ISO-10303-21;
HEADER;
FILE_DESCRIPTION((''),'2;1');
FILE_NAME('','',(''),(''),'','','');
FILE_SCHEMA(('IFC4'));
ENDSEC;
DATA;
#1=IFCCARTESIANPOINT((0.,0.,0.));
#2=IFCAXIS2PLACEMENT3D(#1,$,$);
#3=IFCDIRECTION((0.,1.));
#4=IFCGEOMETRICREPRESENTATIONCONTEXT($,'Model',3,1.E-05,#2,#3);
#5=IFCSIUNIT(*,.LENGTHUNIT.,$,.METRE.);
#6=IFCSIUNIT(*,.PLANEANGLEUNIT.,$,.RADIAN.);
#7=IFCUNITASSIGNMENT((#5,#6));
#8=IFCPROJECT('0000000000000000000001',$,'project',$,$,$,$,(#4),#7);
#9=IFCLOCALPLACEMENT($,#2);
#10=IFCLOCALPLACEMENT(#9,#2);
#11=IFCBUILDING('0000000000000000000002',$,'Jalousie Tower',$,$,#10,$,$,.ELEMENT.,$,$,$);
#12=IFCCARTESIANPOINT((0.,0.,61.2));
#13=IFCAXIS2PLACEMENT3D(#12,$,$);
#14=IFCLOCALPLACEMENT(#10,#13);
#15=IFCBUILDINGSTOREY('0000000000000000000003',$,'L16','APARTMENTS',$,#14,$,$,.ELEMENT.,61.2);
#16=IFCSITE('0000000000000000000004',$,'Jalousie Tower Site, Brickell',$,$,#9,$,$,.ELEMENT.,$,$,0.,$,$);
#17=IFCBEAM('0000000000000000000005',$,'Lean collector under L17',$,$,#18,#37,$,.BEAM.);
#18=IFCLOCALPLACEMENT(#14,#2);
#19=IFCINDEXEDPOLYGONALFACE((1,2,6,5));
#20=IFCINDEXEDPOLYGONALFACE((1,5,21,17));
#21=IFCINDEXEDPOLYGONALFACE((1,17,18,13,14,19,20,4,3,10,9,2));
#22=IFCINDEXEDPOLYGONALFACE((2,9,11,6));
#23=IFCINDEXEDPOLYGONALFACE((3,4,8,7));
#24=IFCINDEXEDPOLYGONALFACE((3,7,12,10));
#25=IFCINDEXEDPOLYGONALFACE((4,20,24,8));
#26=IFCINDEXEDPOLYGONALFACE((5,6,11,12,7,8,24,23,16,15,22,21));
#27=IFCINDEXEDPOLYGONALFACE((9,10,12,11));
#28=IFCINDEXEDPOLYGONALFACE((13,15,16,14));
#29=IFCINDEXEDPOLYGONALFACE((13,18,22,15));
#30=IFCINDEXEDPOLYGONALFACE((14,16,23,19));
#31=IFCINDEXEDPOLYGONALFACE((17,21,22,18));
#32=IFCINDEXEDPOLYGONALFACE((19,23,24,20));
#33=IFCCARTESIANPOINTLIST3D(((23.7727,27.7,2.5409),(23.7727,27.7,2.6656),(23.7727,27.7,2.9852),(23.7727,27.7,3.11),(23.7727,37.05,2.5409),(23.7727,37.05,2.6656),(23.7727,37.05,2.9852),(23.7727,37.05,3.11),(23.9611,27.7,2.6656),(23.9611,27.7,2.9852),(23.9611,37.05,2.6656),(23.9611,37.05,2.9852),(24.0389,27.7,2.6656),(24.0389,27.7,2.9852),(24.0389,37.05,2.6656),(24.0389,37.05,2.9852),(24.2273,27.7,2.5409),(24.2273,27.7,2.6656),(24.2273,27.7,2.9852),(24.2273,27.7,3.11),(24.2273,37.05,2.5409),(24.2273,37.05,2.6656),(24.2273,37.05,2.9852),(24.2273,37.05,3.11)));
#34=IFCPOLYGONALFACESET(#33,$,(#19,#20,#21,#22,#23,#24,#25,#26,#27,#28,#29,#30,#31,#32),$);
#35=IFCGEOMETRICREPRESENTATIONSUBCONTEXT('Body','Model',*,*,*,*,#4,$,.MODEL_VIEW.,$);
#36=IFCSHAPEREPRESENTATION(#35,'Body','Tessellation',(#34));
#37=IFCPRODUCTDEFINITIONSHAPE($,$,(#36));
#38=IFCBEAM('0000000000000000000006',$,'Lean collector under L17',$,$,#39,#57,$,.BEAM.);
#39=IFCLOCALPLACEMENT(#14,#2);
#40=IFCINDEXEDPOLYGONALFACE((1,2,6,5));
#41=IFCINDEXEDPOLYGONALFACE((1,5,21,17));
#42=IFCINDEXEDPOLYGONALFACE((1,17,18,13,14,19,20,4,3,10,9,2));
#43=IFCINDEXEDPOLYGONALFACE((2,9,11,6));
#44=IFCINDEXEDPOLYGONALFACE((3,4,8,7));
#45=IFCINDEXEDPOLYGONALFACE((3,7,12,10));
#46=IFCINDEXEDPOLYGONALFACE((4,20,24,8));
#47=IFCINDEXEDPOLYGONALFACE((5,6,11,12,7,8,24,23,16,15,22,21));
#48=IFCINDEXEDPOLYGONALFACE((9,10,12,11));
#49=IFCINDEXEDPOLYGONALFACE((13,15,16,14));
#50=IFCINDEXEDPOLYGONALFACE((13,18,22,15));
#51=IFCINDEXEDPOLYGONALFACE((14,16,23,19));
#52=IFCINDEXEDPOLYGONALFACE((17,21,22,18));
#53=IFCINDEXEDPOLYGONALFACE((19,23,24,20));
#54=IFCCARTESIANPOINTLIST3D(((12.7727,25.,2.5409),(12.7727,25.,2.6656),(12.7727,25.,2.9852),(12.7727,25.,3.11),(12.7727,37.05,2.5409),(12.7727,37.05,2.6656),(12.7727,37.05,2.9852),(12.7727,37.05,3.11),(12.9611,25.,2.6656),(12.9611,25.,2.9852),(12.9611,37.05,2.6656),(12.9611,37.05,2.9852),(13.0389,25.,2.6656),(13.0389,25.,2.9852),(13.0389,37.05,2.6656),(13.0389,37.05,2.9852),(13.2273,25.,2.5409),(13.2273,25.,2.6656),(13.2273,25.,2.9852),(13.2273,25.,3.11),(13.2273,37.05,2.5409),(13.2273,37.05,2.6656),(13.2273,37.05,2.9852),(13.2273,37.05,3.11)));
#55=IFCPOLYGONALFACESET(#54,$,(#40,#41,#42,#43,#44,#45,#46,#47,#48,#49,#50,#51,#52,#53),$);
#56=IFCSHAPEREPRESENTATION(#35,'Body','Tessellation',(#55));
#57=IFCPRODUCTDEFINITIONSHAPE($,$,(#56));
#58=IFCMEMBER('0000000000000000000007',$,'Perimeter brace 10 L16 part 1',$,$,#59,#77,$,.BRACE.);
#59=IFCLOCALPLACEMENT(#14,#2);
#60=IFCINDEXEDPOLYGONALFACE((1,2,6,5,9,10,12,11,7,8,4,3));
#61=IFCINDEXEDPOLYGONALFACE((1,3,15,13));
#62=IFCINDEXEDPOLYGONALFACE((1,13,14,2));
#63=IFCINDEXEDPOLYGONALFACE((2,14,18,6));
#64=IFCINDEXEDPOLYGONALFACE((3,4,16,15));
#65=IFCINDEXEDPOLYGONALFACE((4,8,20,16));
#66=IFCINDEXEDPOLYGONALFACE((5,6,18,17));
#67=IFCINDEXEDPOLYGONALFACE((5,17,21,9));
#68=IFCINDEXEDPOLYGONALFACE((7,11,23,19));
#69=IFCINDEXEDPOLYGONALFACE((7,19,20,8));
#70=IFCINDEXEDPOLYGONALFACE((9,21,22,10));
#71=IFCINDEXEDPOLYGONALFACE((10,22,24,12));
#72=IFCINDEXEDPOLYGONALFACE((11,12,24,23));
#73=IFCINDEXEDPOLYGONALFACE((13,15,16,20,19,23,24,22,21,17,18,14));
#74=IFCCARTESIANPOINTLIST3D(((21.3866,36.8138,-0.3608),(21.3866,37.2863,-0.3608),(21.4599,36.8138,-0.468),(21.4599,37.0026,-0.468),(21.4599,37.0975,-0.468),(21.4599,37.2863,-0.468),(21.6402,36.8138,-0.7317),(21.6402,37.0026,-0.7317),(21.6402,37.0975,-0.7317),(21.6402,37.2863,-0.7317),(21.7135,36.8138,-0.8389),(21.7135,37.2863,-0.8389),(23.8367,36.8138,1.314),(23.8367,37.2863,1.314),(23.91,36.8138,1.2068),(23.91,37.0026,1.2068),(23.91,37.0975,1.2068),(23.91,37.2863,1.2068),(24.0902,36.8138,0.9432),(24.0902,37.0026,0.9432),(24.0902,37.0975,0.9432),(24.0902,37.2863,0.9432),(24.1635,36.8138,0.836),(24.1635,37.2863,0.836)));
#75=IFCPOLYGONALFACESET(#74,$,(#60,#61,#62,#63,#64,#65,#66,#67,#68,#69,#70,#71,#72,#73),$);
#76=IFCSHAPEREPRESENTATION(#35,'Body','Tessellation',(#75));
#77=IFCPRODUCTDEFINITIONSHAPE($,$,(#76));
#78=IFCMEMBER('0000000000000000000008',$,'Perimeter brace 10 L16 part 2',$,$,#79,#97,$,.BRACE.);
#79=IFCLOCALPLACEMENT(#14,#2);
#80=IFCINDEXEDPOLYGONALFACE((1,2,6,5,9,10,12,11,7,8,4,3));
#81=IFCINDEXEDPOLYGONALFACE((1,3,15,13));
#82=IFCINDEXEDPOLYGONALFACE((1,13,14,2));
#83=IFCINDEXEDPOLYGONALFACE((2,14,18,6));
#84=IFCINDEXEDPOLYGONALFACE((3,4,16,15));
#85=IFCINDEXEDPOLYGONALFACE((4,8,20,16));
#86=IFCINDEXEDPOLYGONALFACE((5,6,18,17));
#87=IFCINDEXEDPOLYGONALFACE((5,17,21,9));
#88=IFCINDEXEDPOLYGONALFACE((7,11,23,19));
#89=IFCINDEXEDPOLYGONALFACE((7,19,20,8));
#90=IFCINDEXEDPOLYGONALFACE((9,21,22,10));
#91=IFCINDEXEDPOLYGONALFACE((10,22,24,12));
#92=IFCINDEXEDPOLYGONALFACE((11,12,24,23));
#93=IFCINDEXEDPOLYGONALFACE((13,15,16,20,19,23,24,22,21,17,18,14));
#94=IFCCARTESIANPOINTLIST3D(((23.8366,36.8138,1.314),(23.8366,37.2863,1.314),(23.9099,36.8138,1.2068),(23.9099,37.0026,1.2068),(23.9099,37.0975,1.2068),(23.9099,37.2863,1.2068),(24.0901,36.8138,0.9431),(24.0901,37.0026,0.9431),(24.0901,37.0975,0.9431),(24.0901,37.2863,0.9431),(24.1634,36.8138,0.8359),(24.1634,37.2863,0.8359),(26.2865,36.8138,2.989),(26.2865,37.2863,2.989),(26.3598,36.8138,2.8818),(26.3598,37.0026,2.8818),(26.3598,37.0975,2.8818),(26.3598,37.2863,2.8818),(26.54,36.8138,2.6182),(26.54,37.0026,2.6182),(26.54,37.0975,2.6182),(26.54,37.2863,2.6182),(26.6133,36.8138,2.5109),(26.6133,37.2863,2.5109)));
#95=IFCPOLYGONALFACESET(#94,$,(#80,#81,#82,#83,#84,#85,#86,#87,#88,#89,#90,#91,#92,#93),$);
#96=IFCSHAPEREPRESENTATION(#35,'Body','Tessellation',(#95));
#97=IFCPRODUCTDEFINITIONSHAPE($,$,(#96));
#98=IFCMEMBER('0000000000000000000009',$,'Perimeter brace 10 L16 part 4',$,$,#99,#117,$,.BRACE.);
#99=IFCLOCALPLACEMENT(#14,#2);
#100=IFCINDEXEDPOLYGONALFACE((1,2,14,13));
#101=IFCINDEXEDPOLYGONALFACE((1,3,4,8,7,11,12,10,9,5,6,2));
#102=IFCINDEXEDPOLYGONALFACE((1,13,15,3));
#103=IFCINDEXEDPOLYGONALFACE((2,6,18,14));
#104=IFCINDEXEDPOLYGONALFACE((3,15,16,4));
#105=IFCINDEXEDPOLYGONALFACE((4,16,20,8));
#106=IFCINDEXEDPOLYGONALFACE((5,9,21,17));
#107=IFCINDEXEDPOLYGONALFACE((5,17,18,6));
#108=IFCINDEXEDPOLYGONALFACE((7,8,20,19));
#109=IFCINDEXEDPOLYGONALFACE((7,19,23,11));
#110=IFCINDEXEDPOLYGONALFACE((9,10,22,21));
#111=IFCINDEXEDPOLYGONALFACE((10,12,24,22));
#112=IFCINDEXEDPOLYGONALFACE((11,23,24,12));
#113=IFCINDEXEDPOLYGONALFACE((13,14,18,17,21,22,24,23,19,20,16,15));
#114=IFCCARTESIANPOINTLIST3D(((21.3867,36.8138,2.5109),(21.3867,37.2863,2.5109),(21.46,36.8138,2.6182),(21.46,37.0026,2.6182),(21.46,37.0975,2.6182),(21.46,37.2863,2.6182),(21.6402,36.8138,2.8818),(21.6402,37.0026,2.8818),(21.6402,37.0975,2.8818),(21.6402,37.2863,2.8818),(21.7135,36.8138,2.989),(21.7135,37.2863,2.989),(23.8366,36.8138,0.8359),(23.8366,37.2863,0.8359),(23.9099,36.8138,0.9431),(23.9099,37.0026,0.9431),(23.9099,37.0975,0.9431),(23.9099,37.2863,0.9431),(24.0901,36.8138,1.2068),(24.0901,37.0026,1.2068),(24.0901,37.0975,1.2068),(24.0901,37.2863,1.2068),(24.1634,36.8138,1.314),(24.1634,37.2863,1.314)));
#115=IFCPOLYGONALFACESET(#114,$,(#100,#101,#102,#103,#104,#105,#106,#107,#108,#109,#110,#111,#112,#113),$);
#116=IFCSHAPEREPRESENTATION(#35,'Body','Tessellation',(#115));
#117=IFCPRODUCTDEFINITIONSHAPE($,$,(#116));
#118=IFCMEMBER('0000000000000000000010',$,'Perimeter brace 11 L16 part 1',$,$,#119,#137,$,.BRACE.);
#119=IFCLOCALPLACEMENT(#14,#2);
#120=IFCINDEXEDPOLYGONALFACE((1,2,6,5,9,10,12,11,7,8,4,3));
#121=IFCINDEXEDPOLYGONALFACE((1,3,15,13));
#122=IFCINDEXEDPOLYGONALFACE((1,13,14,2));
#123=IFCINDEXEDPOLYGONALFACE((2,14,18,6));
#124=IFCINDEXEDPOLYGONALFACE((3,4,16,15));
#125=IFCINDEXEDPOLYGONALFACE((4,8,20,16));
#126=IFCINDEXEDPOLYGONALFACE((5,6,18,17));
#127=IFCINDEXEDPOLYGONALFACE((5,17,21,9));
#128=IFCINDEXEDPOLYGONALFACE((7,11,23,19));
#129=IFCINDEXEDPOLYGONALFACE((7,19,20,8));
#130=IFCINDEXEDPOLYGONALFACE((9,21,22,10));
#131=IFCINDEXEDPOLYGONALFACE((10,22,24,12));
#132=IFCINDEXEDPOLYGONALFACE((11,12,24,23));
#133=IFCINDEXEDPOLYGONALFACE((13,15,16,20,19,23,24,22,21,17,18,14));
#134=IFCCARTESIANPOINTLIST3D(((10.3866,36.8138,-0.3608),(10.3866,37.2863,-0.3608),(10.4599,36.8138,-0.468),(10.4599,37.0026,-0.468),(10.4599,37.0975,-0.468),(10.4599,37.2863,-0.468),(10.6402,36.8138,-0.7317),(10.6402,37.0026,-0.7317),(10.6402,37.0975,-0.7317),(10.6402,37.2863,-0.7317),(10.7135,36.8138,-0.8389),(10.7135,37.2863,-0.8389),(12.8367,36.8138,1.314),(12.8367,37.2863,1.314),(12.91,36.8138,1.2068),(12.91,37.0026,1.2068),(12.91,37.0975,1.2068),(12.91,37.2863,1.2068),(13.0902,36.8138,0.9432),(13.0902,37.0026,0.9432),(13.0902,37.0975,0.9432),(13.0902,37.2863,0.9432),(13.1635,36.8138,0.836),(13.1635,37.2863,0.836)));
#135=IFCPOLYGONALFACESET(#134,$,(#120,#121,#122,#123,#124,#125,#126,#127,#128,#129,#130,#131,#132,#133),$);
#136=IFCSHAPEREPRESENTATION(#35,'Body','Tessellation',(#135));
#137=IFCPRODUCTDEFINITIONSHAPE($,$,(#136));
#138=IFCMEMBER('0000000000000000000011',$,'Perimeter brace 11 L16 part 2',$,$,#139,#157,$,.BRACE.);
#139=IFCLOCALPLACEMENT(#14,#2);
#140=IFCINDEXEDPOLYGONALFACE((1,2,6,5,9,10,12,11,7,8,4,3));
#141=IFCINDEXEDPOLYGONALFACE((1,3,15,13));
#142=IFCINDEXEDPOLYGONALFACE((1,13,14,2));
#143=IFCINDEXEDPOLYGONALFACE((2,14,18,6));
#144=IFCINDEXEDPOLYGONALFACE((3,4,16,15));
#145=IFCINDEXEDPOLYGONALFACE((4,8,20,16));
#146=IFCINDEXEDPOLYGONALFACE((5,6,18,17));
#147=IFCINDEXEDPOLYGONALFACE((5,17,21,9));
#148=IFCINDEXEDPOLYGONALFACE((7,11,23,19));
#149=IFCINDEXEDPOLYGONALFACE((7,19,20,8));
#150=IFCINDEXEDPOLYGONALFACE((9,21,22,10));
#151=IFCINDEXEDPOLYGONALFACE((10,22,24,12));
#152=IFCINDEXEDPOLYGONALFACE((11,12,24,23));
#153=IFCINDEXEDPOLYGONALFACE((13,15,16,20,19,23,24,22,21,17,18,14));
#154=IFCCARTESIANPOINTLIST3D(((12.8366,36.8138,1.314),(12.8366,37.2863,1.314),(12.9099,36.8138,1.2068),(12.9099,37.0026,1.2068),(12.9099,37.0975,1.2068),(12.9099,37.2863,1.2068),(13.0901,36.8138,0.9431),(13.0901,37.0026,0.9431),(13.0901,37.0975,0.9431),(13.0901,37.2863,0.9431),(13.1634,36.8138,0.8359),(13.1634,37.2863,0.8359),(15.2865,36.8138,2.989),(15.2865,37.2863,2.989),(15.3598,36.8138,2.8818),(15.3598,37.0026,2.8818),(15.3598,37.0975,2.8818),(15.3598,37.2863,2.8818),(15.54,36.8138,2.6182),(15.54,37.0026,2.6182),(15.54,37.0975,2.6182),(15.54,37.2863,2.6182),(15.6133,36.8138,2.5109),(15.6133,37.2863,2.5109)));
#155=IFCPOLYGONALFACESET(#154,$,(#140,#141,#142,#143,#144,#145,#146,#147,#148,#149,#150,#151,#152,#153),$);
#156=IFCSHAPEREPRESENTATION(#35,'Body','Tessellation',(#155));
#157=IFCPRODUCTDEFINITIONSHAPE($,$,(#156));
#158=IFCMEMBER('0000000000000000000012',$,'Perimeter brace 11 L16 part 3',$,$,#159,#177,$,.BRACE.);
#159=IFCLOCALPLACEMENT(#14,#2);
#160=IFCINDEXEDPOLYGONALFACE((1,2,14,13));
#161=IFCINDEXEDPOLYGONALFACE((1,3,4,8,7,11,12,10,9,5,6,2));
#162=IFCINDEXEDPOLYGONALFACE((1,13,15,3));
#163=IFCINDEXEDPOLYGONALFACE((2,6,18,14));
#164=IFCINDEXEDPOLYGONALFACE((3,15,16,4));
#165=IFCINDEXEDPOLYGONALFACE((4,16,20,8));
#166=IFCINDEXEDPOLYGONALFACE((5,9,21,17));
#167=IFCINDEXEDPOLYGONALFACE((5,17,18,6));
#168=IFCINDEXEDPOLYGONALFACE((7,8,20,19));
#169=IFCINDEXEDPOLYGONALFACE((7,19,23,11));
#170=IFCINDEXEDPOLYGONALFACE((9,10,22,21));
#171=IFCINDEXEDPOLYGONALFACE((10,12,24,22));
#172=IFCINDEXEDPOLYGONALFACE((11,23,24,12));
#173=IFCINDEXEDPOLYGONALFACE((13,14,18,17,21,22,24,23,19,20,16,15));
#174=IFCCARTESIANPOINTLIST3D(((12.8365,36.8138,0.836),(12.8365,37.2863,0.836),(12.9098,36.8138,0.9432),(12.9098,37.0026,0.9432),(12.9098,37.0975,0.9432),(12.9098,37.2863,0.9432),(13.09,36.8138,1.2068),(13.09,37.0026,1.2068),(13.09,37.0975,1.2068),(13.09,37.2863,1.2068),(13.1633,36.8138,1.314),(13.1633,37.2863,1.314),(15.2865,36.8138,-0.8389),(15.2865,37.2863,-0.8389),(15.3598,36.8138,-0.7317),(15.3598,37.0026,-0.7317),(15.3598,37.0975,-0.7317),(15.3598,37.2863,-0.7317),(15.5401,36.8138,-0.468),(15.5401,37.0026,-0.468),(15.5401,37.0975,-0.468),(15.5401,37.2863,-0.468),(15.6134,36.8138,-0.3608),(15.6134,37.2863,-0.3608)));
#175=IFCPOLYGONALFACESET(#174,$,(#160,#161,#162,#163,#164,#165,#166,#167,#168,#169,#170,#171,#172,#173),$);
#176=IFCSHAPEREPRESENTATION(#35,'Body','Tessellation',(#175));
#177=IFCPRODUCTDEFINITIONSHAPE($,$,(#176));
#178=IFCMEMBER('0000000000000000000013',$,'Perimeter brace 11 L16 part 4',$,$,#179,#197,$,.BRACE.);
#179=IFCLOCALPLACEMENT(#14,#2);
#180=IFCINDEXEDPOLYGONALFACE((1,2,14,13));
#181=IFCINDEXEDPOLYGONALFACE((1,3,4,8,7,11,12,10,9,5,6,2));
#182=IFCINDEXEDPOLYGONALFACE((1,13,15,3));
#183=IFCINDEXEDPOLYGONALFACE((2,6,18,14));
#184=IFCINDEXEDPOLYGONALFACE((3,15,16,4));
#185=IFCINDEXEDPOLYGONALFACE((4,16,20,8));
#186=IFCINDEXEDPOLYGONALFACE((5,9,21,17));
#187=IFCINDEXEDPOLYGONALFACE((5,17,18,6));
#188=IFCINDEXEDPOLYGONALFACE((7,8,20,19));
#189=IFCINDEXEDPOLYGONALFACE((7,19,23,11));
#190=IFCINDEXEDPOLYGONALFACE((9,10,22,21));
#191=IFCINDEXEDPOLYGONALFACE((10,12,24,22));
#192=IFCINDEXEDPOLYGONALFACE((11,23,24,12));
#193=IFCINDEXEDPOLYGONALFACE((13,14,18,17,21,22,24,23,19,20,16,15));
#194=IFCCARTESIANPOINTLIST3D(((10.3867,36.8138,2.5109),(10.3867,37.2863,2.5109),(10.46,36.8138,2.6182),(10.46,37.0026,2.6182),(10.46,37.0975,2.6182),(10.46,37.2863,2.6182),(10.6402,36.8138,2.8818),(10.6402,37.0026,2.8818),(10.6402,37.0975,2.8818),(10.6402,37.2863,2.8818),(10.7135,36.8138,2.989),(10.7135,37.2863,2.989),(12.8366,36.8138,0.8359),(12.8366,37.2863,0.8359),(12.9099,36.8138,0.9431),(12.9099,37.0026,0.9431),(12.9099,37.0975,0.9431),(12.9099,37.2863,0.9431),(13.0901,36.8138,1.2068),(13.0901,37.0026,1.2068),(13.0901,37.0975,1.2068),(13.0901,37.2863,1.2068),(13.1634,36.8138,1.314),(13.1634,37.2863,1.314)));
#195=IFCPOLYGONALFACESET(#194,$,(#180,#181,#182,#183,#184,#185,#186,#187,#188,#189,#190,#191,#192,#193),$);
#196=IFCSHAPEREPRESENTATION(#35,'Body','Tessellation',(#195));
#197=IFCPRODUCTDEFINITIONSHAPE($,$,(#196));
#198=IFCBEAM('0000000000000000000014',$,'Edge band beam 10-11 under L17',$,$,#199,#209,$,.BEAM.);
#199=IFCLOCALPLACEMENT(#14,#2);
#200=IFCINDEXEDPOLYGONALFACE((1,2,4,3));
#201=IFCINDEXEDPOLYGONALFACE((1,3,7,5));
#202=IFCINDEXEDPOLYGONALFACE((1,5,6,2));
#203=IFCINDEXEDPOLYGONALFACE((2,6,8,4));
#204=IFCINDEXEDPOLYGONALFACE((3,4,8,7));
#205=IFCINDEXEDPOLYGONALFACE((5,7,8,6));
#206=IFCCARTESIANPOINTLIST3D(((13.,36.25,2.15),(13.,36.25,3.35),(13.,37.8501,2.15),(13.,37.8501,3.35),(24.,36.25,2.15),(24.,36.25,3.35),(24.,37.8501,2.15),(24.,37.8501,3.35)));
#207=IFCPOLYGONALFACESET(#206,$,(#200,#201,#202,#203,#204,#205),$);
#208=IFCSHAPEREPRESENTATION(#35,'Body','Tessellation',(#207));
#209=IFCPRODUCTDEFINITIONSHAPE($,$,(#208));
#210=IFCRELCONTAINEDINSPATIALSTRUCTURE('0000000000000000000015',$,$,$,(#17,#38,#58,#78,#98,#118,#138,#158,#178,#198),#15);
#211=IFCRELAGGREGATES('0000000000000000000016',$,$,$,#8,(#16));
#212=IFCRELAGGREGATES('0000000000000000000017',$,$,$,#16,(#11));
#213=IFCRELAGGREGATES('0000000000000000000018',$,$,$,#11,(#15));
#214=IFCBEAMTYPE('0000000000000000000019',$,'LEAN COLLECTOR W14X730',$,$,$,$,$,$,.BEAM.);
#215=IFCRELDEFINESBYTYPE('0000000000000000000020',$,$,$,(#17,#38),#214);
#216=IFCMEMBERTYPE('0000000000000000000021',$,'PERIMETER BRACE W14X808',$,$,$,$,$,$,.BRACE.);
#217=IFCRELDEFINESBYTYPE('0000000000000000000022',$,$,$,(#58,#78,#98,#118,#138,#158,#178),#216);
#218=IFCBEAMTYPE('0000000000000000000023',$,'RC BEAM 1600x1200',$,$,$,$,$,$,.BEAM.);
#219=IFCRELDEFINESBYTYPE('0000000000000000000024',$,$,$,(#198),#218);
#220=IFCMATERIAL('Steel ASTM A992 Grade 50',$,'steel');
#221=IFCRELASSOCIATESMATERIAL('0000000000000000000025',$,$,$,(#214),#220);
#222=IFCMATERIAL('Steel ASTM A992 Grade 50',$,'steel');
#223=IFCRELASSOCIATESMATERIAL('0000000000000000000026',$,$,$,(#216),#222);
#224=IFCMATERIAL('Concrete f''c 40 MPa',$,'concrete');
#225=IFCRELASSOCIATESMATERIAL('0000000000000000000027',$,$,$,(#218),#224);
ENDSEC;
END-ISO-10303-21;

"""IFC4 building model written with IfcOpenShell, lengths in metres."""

from ifc_helpers import new_model, si_unit, direction, frame, origin, origin_2d, place, context, subcontext, project, spatial, rectangle, i_section, extrude, material, material_profile, profile_set, type_object, element, save


model = new_model("IFC4")

# Units and contexts
model_context = context("Model", 3, precision=1e-05, world=origin(), true_north=direction((0.0, 1.0)))
body_context = subcontext(model_context, "Body", "Model", "MODEL_VIEW")
ifc_project = project(units=[si_unit("LENGTHUNIT", "METRE"), si_unit("PLANEANGLEUNIT", "RADIAN")], contexts=[model_context])

# Site, building, storey
site_placement = place(None, origin())
site = spatial("IfcSite", under=ifc_project, at=site_placement, Name="Jalousie Tower Site, Brickell", CompositionType="ELEMENT", RefElevation=0.0)
building_placement = place(site_placement, origin())
building = spatial("IfcBuilding", under=site, at=building_placement, Name="Jalousie Tower", CompositionType="ELEMENT")
storey_placement = place(building_placement, frame((0.0, 0.0, 61.2)))
storey = spatial("IfcBuildingStorey", under=building, at=storey_placement, Name="L16", Description="APARTMENTS", CompositionType="ELEMENT", Elevation=61.2)

# Beams
ifc_material_1 = material(Name="Steel ASTM A992 Grade 50", Category="steel")
ifc_material_profile_1 = material_profile(ifc_material_1, i_section(OverallWidth=0.4546, OverallDepth=0.5691, WebThickness=0.0779, FlangeThickness=0.1248, at=origin_2d()), Name="W14X730")
ifc_profile_set_1 = profile_set([ifc_material_profile_1], Name="Steel ASTM A992 Grade 50")
beam_type_1 = type_object("IfcBeamType", Name="LEAN COLLECTOR W14X730", PredefinedType="BEAM", material=ifc_profile_set_1)
beam_1_placement = place(storey_placement, frame((24.0, 37.05, 2.8254), z_axis=(0.0, -1.0, 0.0), x_axis=(1.0, 0.0, 0.0)))
element("IfcBeam", 1, at=beam_1_placement, inside=storey, type_object=beam_type_1, Name="Lean collector under L17", PredefinedType="BEAM", context=body_context, shape_type="SweptSolid", body=[
    extrude(i_section(OverallWidth=0.4546, OverallDepth=0.5691, WebThickness=0.0779, FlangeThickness=0.1248, at=origin_2d()), origin(), (0.0, 0.0, 1.0), 9.3501),
])
beam_2_placement = place(storey_placement, frame((13.0, 37.05, 2.8254), z_axis=(0.0, -1.0, 0.0), x_axis=(1.0, 0.0, 0.0)))
element("IfcBeam", 2, at=beam_2_placement, inside=storey, type_object=beam_type_1, Name="Lean collector under L17", PredefinedType="BEAM", context=body_context, shape_type="SweptSolid", body=[
    extrude(i_section(OverallWidth=0.4546, OverallDepth=0.5691, WebThickness=0.0779, FlangeThickness=0.1248, at=origin_2d()), origin(), (0.0, 0.0, 1.0), 12.05),
])

# Members
ifc_material_2 = material(Name="Steel ASTM A992 Grade 50", Category="steel")
ifc_material_profile_2 = material_profile(ifc_material_2, i_section(OverallWidth=0.4724, OverallDepth=0.5791, WebThickness=0.095, FlangeThickness=0.1299, at=origin_2d()), Name="W14X808")
ifc_profile_set_2 = profile_set([ifc_material_profile_2], Name="Steel ASTM A992 Grade 50")
member_type_1 = type_object("IfcMemberType", Name="PERIMETER BRACE W14X808", PredefinedType="BRACE", material=ifc_profile_set_2)
for number, where, z_axis, x_axis, name in (
    (3, (21.55, 37.05, -0.5999), (0.825539, 0.0, 0.564345), (0.0, 1.0, 0.0), "Perimeter brace 10 L16 part 1"),
    (4, (24.0, 37.05, 1.075), (0.825501, 0.0, 0.564401), (0.0, 1.0, 0.0), "Perimeter brace 10 L16 part 2"),
    (5, (24.0, 37.05, 1.075), (-0.825501, 0.0, 0.564401), (0.0, -1.0, 0.0), "Perimeter brace 10 L16 part 4"),
    (6, (10.55, 37.05, -0.5999), (0.825539, 0.0, 0.564345), (0.0, 1.0, 0.0), "Perimeter brace 11 L16 part 1"),
    (7, (13.0, 37.05, 1.075), (0.825501, 0.0, 0.564401), (0.0, 1.0, 0.0), "Perimeter brace 11 L16 part 2"),
    (8, (15.45, 37.05, -0.5999), (-0.825539, 0.0, 0.564345), (0.0, -1.0, 0.0), "Perimeter brace 11 L16 part 3"),
    (9, (13.0, 37.05, 1.075), (-0.825501, 0.0, 0.564401), (0.0, -1.0, 0.0), "Perimeter brace 11 L16 part 4"),
):
    element("IfcMember", number, at=place(storey_placement, frame(where, z_axis=z_axis, x_axis=x_axis)), inside=storey, type_object=member_type_1, Name=name, PredefinedType="BRACE", context=body_context, shape_type="SweptSolid", body=[
        extrude(i_section(OverallWidth=0.4724, OverallDepth=0.5791, WebThickness=0.095, FlangeThickness=0.1299, at=origin_2d()), origin(), (0.0, 0.0, 1.0), 2.9678),
    ])

# Beam
ifc_material_3 = material(Name="Concrete f'c 40 MPa", Category="concrete")
ifc_material_profile_3 = material_profile(ifc_material_3, rectangle(XDim=1.6001, YDim=1.2, at=origin_2d()), Name="RC 1600x1200")
ifc_profile_set_3 = profile_set([ifc_material_profile_3], Name="Concrete f'c 40 MPa")
beam_type_2 = type_object("IfcBeamType", Name="RC BEAM 1600x1200", PredefinedType="BEAM", material=ifc_profile_set_3)
beam_3_placement = place(storey_placement, frame((24.0, 37.05, 2.75), z_axis=(-1.0, 0.0, 0.0), x_axis=(0.0, -1.0, 0.0)))
element("IfcBeam", 10, at=beam_3_placement, inside=storey, type_object=beam_type_2, Name="Edge band beam 10-11 under L17", PredefinedType="BEAM", context=body_context, shape_type="SweptSolid", body=[
    extrude(rectangle(XDim=1.6001, YDim=1.2, at=origin_2d()), origin(), (0.0, 0.0, 1.0), 11.0),
])

save(model, "model.ifc")
